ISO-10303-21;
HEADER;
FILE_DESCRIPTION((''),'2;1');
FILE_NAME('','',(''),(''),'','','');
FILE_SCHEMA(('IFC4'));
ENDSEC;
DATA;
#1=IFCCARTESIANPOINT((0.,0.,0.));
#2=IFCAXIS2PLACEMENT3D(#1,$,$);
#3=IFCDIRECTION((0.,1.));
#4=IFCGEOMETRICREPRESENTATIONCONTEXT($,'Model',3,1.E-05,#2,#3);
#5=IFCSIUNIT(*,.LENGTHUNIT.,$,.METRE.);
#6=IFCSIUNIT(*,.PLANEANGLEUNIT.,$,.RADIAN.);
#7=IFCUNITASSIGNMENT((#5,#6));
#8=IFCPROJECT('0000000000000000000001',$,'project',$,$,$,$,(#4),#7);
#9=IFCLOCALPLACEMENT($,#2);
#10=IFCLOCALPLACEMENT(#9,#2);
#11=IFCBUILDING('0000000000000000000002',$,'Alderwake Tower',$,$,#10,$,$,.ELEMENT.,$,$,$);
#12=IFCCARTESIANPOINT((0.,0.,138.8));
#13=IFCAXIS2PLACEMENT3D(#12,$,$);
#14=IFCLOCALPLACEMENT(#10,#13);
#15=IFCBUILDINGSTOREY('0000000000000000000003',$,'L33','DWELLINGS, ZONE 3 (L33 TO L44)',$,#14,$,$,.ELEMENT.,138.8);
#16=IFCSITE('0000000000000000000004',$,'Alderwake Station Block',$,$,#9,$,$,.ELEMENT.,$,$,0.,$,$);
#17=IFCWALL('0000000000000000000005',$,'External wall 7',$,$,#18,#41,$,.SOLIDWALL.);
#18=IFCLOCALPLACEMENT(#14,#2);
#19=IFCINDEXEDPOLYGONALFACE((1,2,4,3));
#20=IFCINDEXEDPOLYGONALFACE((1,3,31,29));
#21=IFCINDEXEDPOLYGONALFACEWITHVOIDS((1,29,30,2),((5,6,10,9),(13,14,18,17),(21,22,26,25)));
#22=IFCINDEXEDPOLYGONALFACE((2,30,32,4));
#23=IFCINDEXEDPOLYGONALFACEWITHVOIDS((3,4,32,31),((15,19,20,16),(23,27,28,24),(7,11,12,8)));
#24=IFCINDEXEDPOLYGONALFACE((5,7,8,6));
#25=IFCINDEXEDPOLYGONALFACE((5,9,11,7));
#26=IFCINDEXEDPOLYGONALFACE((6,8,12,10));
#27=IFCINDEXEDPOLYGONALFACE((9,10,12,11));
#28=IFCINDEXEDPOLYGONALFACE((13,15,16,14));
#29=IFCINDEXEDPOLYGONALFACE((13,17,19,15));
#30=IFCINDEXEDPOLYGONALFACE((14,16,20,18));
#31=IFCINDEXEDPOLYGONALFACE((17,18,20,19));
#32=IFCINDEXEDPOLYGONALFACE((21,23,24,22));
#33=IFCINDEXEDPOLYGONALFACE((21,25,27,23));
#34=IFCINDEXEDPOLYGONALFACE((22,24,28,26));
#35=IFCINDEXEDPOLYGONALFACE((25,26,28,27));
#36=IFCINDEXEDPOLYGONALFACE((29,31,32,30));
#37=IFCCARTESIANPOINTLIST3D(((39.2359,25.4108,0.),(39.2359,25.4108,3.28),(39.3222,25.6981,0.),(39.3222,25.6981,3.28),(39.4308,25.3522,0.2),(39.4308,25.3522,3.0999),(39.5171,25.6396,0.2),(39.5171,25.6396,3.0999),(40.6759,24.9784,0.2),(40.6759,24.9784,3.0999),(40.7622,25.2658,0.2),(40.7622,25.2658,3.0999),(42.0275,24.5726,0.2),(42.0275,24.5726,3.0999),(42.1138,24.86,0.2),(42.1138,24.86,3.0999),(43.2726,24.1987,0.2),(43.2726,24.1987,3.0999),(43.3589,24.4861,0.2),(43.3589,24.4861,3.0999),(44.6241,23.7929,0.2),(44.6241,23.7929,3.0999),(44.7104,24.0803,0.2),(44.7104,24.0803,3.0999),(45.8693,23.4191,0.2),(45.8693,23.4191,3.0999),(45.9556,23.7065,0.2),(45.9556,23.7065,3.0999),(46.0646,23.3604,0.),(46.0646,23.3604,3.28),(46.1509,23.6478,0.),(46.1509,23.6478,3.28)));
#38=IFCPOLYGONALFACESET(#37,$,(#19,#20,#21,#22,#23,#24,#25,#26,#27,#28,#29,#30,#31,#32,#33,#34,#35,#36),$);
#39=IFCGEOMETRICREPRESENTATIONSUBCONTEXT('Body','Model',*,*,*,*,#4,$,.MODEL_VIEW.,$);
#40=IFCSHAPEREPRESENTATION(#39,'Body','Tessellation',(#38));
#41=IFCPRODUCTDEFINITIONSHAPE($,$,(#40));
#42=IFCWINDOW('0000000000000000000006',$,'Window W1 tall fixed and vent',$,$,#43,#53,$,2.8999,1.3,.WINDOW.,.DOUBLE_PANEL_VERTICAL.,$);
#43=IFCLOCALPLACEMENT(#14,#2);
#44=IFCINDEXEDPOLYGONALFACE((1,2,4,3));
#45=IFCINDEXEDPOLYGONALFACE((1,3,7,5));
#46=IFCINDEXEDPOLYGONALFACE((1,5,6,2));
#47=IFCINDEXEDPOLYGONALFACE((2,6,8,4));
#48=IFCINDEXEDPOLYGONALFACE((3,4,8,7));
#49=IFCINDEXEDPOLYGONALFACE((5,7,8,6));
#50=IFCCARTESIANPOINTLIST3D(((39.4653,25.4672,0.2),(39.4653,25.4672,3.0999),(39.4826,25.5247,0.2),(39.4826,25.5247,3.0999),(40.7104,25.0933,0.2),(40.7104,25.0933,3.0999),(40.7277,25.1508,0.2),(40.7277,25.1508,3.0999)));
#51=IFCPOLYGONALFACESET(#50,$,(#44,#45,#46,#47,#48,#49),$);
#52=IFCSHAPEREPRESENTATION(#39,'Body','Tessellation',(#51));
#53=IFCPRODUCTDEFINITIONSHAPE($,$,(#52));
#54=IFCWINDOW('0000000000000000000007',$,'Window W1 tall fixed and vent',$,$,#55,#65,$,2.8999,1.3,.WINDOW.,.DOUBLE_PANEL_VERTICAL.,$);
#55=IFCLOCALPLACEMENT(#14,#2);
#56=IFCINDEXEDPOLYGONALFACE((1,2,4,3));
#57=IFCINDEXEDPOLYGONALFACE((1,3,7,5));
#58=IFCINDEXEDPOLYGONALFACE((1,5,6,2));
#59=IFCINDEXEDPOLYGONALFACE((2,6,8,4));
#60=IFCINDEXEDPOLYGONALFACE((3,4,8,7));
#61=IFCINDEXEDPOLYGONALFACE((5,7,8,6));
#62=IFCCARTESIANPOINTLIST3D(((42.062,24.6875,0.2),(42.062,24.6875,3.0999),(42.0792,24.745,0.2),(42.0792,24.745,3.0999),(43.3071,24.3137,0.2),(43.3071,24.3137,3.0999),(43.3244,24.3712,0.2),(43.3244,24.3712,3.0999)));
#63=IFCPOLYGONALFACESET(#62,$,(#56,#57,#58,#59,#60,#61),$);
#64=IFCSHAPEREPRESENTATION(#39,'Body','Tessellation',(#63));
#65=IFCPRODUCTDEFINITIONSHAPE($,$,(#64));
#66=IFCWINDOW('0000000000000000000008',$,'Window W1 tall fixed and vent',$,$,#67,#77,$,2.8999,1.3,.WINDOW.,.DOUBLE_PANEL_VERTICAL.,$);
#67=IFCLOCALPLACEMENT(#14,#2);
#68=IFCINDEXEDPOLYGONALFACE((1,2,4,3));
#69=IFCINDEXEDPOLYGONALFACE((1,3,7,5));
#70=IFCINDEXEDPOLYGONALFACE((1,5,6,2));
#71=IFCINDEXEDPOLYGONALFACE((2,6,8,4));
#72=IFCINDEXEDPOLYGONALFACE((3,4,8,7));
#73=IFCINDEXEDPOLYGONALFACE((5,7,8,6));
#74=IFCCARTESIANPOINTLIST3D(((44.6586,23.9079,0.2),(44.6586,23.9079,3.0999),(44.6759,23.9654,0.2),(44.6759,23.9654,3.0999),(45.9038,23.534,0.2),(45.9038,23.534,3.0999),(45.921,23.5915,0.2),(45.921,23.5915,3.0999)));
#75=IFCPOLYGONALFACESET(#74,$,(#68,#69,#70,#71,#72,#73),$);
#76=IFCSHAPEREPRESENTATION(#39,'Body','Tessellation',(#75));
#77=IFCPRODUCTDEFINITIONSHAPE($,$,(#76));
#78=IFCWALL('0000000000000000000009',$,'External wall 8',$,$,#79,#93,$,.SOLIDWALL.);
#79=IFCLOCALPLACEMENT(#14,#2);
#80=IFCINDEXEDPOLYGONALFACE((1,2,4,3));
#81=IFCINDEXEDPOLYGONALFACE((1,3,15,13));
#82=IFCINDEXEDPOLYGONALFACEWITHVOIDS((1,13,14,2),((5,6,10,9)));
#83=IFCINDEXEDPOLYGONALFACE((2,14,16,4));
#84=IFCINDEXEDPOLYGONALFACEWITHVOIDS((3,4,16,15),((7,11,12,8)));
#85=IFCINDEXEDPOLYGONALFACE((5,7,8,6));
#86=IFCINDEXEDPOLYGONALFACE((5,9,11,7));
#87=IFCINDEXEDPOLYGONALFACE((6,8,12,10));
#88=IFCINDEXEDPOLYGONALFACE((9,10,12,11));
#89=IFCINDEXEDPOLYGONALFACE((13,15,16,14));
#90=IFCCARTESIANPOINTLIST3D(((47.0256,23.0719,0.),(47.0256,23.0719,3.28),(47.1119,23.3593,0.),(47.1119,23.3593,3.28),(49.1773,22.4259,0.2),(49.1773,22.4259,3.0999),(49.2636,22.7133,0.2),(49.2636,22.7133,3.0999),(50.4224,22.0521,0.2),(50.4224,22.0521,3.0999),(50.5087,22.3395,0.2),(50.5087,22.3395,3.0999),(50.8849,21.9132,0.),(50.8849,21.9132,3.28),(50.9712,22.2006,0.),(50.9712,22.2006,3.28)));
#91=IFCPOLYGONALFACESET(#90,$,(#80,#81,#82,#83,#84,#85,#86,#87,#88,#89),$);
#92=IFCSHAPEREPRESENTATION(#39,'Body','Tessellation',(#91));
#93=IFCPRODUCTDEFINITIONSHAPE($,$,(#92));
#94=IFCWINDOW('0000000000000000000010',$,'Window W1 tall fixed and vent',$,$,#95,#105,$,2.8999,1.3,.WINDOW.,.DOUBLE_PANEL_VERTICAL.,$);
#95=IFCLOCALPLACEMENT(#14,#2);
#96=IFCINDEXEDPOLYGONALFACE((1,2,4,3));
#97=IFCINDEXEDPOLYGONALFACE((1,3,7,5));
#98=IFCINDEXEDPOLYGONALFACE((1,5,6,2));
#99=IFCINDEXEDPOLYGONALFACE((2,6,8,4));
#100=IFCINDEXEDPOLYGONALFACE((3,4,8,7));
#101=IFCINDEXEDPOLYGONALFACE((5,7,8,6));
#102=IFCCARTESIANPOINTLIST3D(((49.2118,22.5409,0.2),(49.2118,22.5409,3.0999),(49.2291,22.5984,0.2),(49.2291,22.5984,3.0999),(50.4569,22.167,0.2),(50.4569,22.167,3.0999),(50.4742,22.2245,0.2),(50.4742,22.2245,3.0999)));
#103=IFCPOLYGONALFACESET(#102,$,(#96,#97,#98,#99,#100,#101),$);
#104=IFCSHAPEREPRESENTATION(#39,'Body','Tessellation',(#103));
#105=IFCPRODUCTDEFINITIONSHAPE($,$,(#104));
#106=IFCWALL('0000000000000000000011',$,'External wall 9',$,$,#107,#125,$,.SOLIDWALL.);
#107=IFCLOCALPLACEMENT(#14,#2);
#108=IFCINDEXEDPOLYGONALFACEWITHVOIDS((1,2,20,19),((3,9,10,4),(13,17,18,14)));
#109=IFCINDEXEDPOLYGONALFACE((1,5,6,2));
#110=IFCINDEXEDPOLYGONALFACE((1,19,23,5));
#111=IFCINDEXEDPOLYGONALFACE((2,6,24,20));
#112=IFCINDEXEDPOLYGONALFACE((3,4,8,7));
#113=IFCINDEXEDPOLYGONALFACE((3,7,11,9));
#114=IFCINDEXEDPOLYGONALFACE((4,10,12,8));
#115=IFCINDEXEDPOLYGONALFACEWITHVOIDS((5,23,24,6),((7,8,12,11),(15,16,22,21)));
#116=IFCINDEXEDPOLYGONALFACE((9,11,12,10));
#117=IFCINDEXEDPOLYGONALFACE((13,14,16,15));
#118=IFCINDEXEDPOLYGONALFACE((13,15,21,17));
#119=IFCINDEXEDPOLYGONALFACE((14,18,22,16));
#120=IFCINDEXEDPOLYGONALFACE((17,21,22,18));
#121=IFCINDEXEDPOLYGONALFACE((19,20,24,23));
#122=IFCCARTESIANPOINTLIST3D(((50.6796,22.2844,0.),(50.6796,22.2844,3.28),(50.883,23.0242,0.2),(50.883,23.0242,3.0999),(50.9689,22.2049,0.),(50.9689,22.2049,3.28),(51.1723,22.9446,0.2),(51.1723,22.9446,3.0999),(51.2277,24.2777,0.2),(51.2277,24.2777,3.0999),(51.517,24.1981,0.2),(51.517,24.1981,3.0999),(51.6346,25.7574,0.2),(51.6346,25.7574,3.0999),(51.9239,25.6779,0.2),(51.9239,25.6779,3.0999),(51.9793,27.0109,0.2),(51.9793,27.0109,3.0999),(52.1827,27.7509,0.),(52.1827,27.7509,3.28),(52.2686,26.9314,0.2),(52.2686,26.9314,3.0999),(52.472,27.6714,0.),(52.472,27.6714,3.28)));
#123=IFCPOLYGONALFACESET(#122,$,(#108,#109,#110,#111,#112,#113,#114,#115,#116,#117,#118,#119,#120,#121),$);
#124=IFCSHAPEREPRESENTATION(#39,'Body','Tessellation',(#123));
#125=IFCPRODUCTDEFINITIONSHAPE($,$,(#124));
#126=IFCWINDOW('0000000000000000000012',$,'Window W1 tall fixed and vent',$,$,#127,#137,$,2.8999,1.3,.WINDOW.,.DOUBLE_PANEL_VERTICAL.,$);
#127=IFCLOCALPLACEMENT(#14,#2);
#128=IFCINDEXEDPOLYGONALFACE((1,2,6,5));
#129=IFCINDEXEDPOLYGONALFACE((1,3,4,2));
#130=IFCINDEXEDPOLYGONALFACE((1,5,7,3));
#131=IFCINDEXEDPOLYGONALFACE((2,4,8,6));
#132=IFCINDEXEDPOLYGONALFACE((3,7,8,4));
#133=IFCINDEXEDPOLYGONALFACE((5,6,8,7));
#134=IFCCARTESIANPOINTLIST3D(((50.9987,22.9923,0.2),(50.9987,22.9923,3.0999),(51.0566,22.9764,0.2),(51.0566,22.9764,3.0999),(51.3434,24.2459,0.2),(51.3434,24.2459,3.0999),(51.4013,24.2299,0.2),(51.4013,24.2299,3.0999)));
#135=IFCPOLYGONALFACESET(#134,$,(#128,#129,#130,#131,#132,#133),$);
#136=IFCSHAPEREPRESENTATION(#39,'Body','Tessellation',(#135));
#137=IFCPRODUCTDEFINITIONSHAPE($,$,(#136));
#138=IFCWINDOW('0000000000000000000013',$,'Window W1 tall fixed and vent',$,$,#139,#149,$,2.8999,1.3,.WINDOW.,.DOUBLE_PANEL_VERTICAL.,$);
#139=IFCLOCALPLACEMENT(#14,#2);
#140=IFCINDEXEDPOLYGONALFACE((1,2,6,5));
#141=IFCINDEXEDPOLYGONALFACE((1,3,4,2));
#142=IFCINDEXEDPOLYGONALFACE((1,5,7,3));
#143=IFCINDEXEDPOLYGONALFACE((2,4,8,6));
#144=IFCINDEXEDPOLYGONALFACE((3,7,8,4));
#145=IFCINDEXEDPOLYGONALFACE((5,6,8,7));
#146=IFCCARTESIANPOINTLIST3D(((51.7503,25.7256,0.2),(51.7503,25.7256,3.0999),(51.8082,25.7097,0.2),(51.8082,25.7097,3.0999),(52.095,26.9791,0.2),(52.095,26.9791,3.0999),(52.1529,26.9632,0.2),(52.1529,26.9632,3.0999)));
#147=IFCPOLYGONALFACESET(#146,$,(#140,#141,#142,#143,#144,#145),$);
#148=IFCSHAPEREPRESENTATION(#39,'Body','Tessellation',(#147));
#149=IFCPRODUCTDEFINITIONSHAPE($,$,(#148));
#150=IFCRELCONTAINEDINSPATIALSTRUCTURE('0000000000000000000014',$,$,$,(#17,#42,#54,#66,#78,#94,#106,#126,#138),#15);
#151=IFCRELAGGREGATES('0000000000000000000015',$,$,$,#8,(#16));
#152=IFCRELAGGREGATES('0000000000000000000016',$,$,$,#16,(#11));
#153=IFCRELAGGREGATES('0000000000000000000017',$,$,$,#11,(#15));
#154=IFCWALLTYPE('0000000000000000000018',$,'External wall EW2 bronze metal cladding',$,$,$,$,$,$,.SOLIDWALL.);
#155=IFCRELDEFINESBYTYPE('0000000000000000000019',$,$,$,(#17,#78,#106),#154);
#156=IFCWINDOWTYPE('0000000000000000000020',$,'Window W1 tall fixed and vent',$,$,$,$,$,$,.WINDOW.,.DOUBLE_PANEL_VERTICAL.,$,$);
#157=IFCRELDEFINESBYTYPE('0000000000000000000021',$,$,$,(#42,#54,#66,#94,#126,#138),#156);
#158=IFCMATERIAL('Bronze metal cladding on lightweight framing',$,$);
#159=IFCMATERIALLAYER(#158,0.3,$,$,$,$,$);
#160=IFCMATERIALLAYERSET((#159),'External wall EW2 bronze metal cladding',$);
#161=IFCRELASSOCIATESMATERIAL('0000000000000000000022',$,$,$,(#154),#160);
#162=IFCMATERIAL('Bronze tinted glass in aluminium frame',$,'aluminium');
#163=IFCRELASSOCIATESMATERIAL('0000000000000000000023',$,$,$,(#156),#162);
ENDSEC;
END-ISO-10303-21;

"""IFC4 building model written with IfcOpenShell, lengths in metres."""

from ifc_helpers import new_model, si_unit, direction, frame, frame_2d, origin, place, context, subcontext, project, spatial, rectangle, extrude, material, layer, layer_set, type_object, element, fill, save


model = new_model("IFC4")

# Units and contexts
model_context = context("Model", 3, precision=1e-05, world=origin(), true_north=direction((0.0, 1.0)))
body_context = subcontext(model_context, "Body", "Model", "MODEL_VIEW")
ifc_project = project(units=[si_unit("LENGTHUNIT", "METRE"), si_unit("PLANEANGLEUNIT", "RADIAN")], contexts=[model_context])

# Site, building, storey
site_placement = place(None, origin())
site = spatial("IfcSite", under=ifc_project, at=site_placement, Name="Alderwake Station Block", CompositionType="ELEMENT", RefElevation=0.0)
building_placement = place(site_placement, origin())
building = spatial("IfcBuilding", under=site, at=building_placement, Name="Alderwake Tower", CompositionType="ELEMENT")
storey_placement = place(building_placement, frame((0.0, 0.0, 138.8)))
storey = spatial("IfcBuildingStorey", under=building, at=storey_placement, Name="L33", Description="DWELLINGS, ZONE 3 (L33 TO L44)", CompositionType="ELEMENT", Elevation=138.8)

# Wall, openings, windows
ifc_material_1 = material(Name="Bronze metal cladding on lightweight framing")
ifc_layer_1 = layer(ifc_material_1, 0.3)
ifc_layer_set_1 = layer_set([ifc_layer_1], Name="External wall EW2 bronze metal cladding")
wall_type_1 = type_object("IfcWallType", Name="External wall EW2 bronze metal cladding", PredefinedType="SOLIDWALL", material=ifc_layer_set_1)
wall_1_placement = place(storey_placement, frame((39.2791, 25.5544, 0.0), z_axis=(0.0, 0.0, 1.0), x_axis=(0.95776, -0.287568, 0.0)))
wall_1 = element("IfcWall", 1, at=wall_1_placement, inside=storey, type_object=wall_type_1, Name="External wall 7", PredefinedType="SOLIDWALL", context=body_context, shape_type="SweptSolid", body=[
    extrude(rectangle(XDim=7.1299, YDim=0.3, at=frame_2d((3.5649, 0.0))), origin(), (0.0, 0.0, 1.0), 3.28),
])
opening_1_placement = place(wall_1_placement, frame((0.2036, 0.0, 0.2)))
opening_1 = element("IfcOpeningElement", 2, at=opening_1_placement, cuts=wall_1, PredefinedType="OPENING", context=body_context, shape_type="SweptSolid", body=[
    extrude(rectangle(XDim=1.3, YDim=2.8999, at=frame_2d((0.6499, 1.45))), frame((0.0, 0.1599, 0.0), z_axis=(0.0, -1.0, 0.0), x_axis=(1.0, 0.0, 0.0)), (0.0, 0.0, 1.0), 0.3201),
])
opening_2_placement = place(wall_1_placement, frame((2.9148, 0.0, 0.2)))
opening_2 = element("IfcOpeningElement", 3, at=opening_2_placement, cuts=wall_1, PredefinedType="OPENING", context=body_context, shape_type="SweptSolid", body=[
    extrude(rectangle(XDim=1.3, YDim=2.8999, at=frame_2d((0.6499, 1.45))), frame((0.0, 0.1599, 0.0), z_axis=(0.0, -1.0, 0.0), x_axis=(1.0, 0.0, 0.0)), (0.0, 0.0, 1.0), 0.3201),
])
opening_3_placement = place(wall_1_placement, frame((5.626, 0.0, 0.2)))
opening_3 = element("IfcOpeningElement", 4, at=opening_3_placement, cuts=wall_1, PredefinedType="OPENING", context=body_context, shape_type="SweptSolid", body=[
    extrude(rectangle(XDim=1.3, YDim=2.8999, at=frame_2d((0.6499, 1.45))), frame((0.0, 0.1599, 0.0), z_axis=(0.0, -1.0, 0.0), x_axis=(1.0, 0.0, 0.0)), (0.0, 0.0, 1.0), 0.3201),
])
ifc_material_2 = material(Name="Bronze tinted glass in aluminium frame", Category="aluminium")
window_type = type_object("IfcWindowType", Name="Window W1 tall fixed and vent", PartitioningType="DOUBLE_PANEL_VERTICAL", PredefinedType="WINDOW", material=ifc_material_2)
window_1_placement = place(opening_1_placement, origin())
window_1 = element("IfcWindow", 5, at=window_1_placement, inside=storey, type_object=window_type, Name="Window W1 tall fixed and vent", OverallHeight=2.8999, OverallWidth=1.3, PartitioningType="DOUBLE_PANEL_VERTICAL", PredefinedType="WINDOW", context=body_context, shape_type="SweptSolid", body=[
    extrude(rectangle(XDim=1.3, YDim=2.8999, at=frame_2d((0.6499, 1.45))), frame((0.0, 0.03, 0.0), z_axis=(0.0, -1.0, 0.0), x_axis=(1.0, 0.0, 0.0)), (0.0, 0.0, 1.0), 0.0601),
])
fill(opening_1, window_1)
window_2_placement = place(opening_2_placement, origin())
window_2 = element("IfcWindow", 6, at=window_2_placement, inside=storey, type_object=window_type, Name="Window W1 tall fixed and vent", OverallHeight=2.8999, OverallWidth=1.3, PartitioningType="DOUBLE_PANEL_VERTICAL", PredefinedType="WINDOW", context=body_context, shape_type="SweptSolid", body=[
    extrude(rectangle(XDim=1.3, YDim=2.8999, at=frame_2d((0.6499, 1.45))), frame((0.0, 0.03, 0.0), z_axis=(0.0, -1.0, 0.0), x_axis=(1.0, 0.0, 0.0)), (0.0, 0.0, 1.0), 0.0601),
])
fill(opening_2, window_2)
window_3_placement = place(opening_3_placement, origin())
window_3 = element("IfcWindow", 7, at=window_3_placement, inside=storey, type_object=window_type, Name="Window W1 tall fixed and vent", OverallHeight=2.8999, OverallWidth=1.3, PartitioningType="DOUBLE_PANEL_VERTICAL", PredefinedType="WINDOW", context=body_context, shape_type="SweptSolid", body=[
    extrude(rectangle(XDim=1.3, YDim=2.8999, at=frame_2d((0.6499, 1.45))), frame((0.0, 0.03, 0.0), z_axis=(0.0, -1.0, 0.0), x_axis=(1.0, 0.0, 0.0)), (0.0, 0.0, 1.0), 0.0601),
])
fill(opening_3, window_3)

# Wall, opening, window
wall_2_placement = place(storey_placement, frame((47.0688, 23.2156, 0.0), z_axis=(0.0, 0.0, 1.0), x_axis=(0.957766, -0.287548, 0.0)))
wall_2 = element("IfcWall", 8, at=wall_2_placement, inside=storey, type_object=wall_type_1, Name="External wall 8", PredefinedType="SOLIDWALL", context=body_context, shape_type="SweptSolid", body=[
    extrude(rectangle(XDim=4.0295, YDim=0.3, at=frame_2d((2.0146, 0.0))), origin(), (0.0, 0.0, 1.0), 3.28),
])
opening_4_placement = place(wall_2_placement, frame((2.2466, 0.0, 0.2)))
opening_4 = element("IfcOpeningElement", 9, at=opening_4_placement, cuts=wall_2, PredefinedType="OPENING", context=body_context, shape_type="SweptSolid", body=[
    extrude(rectangle(XDim=1.3, YDim=2.8999, at=frame_2d((0.6499, 1.45))), frame((0.0, 0.1599, 0.0), z_axis=(0.0, -1.0, 0.0), x_axis=(1.0, 0.0, 0.0)), (0.0, 0.0, 1.0), 0.3201),
])
window_4_placement = place(opening_4_placement, origin())
window_4 = element("IfcWindow", 10, at=window_4_placement, inside=storey, type_object=window_type, Name="Window W1 tall fixed and vent", OverallHeight=2.8999, OverallWidth=1.3, PartitioningType="DOUBLE_PANEL_VERTICAL", PredefinedType="WINDOW", context=body_context, shape_type="SweptSolid", body=[
    extrude(rectangle(XDim=1.3, YDim=2.8999, at=frame_2d((0.6499, 1.45))), frame((0.0, 0.03, 0.0), z_axis=(0.0, -1.0, 0.0), x_axis=(1.0, 0.0, 0.0)), (0.0, 0.0, 1.0), 0.0601),
])
fill(opening_4, window_4)

# Wall, openings, windows
wall_3_placement = place(storey_placement, frame((50.8242, 22.2446, 0.0), z_axis=(0.0, 0.0, 1.0), x_axis=(0.265135, 0.964211, 0.0)))
wall_3 = element("IfcWall", 11, at=wall_3_placement, inside=storey, type_object=wall_type_1, Name="External wall 9", PredefinedType="SOLIDWALL", context=body_context, shape_type="SweptSolid", body=[
    extrude(rectangle(XDim=5.6694, YDim=0.3, at=frame_2d((2.8347, 0.0))), origin(), (0.0, 0.0, 1.0), 3.28),
])
opening_5_placement = place(wall_3_placement, frame((0.7673, 0.0, 0.2)))
opening_5 = element("IfcOpeningElement", 12, at=opening_5_placement, cuts=wall_3, PredefinedType="OPENING", context=body_context, shape_type="SweptSolid", body=[
    extrude(rectangle(XDim=1.3, YDim=2.8999, at=frame_2d((0.6499, 1.45))), frame((0.0, 0.1599, 0.0), z_axis=(0.0, -1.0, 0.0), x_axis=(1.0, 0.0, 0.0)), (0.0, 0.0, 1.0), 0.3201),
])
opening_6_placement = place(wall_3_placement, frame((3.6021, 0.0, 0.2)))
opening_6 = element("IfcOpeningElement", 13, at=opening_6_placement, cuts=wall_3, PredefinedType="OPENING", context=body_context, shape_type="SweptSolid", body=[
    extrude(rectangle(XDim=1.3, YDim=2.8999, at=frame_2d((0.6499, 1.45))), frame((0.0, 0.1599, 0.0), z_axis=(0.0, -1.0, 0.0), x_axis=(1.0, 0.0, 0.0)), (0.0, 0.0, 1.0), 0.3201),
])
window_5_placement = place(opening_5_placement, origin())
window_5 = element("IfcWindow", 14, at=window_5_placement, inside=storey, type_object=window_type, Name="Window W1 tall fixed and vent", OverallHeight=2.8999, OverallWidth=1.3, PartitioningType="DOUBLE_PANEL_VERTICAL", PredefinedType="WINDOW", context=body_context, shape_type="SweptSolid", body=[
    extrude(rectangle(XDim=1.3, YDim=2.8999, at=frame_2d((0.6499, 1.45))), frame((0.0, 0.03, 0.0), z_axis=(0.0, -1.0, 0.0), x_axis=(1.0, 0.0, 0.0)), (0.0, 0.0, 1.0), 0.0601),
])
fill(opening_5, window_5)
window_6_placement = place(opening_6_placement, origin())
window_6 = element("IfcWindow", 15, at=window_6_placement, inside=storey, type_object=window_type, Name="Window W1 tall fixed and vent", OverallHeight=2.8999, OverallWidth=1.3, PartitioningType="DOUBLE_PANEL_VERTICAL", PredefinedType="WINDOW", context=body_context, shape_type="SweptSolid", body=[
    extrude(rectangle(XDim=1.3, YDim=2.8999, at=frame_2d((0.6499, 1.45))), frame((0.0, 0.03, 0.0), z_axis=(0.0, -1.0, 0.0), x_axis=(1.0, 0.0, 0.0)), (0.0, 0.0, 1.0), 0.0601),
])
fill(opening_6, window_6)

save(model, "model.ifc")
